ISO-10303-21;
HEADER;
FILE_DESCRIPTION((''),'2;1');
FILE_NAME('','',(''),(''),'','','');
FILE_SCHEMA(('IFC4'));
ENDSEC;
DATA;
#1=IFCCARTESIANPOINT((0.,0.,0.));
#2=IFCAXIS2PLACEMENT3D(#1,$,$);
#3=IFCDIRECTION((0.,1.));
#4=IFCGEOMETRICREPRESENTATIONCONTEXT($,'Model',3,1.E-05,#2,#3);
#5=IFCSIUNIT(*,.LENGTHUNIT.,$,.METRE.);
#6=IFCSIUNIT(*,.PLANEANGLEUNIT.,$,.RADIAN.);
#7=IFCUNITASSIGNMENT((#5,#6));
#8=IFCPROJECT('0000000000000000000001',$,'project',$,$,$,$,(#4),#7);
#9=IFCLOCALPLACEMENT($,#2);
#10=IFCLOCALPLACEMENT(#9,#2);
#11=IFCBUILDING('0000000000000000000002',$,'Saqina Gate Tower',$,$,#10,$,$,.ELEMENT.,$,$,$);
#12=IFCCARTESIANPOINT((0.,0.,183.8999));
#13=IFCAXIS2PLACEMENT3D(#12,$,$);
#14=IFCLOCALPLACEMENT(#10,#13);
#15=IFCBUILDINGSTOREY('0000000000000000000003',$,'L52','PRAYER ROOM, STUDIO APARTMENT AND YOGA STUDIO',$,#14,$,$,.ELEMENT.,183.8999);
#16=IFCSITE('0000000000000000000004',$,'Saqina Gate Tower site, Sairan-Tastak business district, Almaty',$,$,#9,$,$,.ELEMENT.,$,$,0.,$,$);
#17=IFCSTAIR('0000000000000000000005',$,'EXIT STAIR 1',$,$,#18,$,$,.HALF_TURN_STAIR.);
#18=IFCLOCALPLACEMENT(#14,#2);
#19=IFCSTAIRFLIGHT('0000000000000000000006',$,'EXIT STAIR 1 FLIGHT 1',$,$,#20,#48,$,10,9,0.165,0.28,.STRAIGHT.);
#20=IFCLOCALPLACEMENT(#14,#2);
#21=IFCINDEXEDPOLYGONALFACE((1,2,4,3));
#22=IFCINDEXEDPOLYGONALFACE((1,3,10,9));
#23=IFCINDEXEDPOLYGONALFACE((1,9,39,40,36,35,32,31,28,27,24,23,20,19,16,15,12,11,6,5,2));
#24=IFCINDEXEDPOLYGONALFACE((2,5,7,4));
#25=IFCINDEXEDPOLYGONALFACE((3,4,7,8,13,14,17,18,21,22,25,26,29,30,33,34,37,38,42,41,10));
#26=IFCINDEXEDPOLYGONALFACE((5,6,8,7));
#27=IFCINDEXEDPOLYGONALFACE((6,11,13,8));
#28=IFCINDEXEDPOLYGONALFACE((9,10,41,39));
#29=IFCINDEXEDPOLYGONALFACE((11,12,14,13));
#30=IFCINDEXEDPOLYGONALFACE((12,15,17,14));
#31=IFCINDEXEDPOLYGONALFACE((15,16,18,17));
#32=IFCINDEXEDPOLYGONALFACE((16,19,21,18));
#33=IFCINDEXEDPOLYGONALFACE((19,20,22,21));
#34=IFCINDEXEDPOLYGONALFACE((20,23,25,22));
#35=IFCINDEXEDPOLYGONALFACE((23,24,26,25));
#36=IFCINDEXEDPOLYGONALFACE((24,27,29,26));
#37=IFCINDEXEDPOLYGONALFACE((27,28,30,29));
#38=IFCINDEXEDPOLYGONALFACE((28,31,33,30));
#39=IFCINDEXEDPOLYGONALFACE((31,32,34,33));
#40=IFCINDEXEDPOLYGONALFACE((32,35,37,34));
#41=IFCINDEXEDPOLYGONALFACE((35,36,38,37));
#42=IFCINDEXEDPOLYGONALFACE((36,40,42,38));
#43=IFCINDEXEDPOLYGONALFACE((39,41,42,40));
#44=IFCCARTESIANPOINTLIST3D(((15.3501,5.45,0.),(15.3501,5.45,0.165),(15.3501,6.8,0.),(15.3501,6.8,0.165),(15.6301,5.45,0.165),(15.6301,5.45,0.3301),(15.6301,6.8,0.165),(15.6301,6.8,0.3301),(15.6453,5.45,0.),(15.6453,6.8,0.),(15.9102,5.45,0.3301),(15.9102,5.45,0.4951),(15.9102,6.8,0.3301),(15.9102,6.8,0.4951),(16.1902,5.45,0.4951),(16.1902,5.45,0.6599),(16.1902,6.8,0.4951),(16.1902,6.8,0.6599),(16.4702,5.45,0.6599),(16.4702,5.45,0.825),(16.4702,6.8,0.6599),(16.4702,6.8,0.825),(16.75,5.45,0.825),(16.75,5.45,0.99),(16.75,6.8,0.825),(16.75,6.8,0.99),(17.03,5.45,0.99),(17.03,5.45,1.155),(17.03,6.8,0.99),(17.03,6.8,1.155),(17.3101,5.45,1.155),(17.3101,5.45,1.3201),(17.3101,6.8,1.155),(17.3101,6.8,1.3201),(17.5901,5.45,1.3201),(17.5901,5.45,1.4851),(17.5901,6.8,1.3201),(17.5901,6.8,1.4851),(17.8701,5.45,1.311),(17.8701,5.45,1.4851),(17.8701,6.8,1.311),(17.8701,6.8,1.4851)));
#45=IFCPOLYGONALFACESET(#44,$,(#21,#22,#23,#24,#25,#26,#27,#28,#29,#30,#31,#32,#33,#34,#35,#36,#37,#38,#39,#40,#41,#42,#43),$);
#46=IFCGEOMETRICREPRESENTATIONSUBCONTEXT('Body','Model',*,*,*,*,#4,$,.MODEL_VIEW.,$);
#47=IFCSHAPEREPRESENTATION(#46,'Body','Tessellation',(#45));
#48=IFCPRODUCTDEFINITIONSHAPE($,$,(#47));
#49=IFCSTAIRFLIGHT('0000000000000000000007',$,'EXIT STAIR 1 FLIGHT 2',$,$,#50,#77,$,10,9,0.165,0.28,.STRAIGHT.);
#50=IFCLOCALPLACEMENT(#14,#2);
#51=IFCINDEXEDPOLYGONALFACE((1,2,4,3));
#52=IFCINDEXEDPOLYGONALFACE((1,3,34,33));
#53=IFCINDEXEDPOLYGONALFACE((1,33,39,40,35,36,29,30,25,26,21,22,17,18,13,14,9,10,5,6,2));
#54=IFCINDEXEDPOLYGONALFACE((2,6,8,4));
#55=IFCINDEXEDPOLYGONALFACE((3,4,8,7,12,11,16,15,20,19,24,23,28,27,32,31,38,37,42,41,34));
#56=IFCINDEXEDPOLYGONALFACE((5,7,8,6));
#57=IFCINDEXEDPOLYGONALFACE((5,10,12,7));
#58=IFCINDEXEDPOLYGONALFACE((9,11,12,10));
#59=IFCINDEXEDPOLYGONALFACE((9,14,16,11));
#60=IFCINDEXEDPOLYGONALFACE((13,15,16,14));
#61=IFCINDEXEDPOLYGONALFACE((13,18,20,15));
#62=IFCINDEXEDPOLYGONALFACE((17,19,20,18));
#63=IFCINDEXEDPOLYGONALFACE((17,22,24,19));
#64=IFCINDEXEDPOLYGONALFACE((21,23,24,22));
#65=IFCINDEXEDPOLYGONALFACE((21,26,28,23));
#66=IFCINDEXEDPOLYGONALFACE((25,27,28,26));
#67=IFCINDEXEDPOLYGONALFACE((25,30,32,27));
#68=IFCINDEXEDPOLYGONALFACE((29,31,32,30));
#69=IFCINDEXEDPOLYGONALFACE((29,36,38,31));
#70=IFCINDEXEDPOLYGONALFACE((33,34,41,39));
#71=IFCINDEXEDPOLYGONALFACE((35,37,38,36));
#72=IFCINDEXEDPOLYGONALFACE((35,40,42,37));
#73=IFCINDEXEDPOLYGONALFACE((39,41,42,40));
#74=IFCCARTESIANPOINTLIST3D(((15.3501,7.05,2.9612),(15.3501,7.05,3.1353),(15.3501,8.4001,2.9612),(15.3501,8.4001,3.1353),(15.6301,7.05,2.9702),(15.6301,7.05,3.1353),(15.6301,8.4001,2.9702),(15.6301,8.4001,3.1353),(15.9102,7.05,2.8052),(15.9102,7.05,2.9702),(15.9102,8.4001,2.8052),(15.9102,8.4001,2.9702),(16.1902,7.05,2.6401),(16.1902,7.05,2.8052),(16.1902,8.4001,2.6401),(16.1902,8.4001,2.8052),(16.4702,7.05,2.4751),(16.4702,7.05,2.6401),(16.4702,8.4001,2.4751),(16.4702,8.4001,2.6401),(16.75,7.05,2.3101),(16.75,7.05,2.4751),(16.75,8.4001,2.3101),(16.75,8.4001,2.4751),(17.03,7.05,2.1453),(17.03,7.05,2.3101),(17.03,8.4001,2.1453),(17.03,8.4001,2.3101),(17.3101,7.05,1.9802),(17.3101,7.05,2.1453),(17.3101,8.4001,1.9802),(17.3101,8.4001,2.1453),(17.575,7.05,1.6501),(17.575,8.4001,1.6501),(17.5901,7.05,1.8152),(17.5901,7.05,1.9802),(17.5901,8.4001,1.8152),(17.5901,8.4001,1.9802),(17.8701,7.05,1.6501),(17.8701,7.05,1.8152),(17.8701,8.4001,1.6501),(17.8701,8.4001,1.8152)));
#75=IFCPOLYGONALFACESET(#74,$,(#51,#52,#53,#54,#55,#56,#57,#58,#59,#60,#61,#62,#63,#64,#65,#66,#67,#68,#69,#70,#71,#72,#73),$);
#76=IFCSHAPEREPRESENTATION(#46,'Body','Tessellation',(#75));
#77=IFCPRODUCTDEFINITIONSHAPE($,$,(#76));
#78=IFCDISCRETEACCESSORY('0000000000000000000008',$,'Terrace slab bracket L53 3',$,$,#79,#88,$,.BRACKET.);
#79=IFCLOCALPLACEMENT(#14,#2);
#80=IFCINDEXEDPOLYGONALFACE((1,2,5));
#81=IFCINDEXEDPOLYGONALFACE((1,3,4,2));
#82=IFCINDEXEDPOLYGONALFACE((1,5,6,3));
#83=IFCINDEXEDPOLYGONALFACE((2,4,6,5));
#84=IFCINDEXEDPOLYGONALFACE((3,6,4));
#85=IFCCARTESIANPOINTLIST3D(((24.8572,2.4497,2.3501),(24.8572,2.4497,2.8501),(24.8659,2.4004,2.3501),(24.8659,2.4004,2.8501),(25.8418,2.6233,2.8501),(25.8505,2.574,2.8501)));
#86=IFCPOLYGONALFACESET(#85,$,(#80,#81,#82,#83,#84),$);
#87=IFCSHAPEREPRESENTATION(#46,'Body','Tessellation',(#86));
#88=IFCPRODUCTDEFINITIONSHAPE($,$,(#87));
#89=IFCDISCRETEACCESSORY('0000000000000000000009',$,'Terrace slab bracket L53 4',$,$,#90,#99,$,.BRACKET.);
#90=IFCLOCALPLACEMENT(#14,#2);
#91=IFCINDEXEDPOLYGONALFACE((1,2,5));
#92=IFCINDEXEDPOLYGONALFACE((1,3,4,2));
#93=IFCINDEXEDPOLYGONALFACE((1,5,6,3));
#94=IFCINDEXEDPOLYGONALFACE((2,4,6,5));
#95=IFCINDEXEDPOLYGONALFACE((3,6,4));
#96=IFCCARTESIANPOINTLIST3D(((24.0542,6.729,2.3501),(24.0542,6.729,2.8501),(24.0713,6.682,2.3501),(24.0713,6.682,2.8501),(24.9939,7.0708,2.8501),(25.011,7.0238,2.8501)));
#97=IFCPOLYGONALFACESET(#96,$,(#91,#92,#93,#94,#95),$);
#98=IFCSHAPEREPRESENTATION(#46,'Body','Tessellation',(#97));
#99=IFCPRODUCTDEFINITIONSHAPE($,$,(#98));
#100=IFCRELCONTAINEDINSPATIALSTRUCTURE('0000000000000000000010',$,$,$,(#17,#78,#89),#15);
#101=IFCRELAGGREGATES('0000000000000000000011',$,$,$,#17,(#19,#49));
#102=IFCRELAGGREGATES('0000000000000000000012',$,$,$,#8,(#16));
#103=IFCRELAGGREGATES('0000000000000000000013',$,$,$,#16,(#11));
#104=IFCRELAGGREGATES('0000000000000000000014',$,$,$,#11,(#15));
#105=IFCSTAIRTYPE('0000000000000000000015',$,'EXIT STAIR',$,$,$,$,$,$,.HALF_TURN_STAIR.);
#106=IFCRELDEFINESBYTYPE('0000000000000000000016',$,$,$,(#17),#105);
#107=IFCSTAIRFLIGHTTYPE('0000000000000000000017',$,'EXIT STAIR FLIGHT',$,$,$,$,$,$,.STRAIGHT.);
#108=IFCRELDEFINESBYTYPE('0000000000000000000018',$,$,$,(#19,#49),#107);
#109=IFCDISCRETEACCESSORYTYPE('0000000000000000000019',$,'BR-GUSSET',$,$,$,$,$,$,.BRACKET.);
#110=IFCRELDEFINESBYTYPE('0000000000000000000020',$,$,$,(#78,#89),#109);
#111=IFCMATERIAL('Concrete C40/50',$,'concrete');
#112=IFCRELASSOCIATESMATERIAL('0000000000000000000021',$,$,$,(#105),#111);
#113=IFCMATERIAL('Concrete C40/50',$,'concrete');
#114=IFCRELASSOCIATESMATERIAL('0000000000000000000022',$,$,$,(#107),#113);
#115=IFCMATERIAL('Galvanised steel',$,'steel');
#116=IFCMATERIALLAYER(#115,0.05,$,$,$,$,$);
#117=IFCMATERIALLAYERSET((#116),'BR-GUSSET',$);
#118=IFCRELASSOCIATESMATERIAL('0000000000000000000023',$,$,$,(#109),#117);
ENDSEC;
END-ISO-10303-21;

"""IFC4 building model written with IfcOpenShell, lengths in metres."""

from ifc_helpers import new_model, si_unit, direction, frame, origin, place, context, subcontext, project, spatial, polyline, outline, extrude, material, layer, layer_set, type_object, element, aggregate, save


model = new_model("IFC4")

# Units and contexts
model_context = context("Model", 3, precision=1e-05, world=origin(), true_north=direction((0.0, 1.0)))
body_context = subcontext(model_context, "Body", "Model", "MODEL_VIEW")
ifc_project = project(units=[si_unit("LENGTHUNIT", "METRE"), si_unit("PLANEANGLEUNIT", "RADIAN")], contexts=[model_context])

# Site, building, storey
site_placement = place(None, origin())
site = spatial("IfcSite", under=ifc_project, at=site_placement, Name="Saqina Gate Tower site, Sairan-Tastak business district, Almaty", CompositionType="ELEMENT", RefElevation=0.0)
building_placement = place(site_placement, origin())
building = spatial("IfcBuilding", under=site, at=building_placement, Name="Saqina Gate Tower", CompositionType="ELEMENT")
storey_placement = place(building_placement, frame((0.0, 0.0, 183.8999)))
storey = spatial("IfcBuildingStorey", under=building, at=storey_placement, Name="L52", Description="PRAYER ROOM, STUDIO APARTMENT AND YOGA STUDIO", CompositionType="ELEMENT", Elevation=183.8999)

# Stair, stair flights
ifc_material_1 = material(Name="Concrete C40/50", Category="concrete")
stair_type = type_object("IfcStairType", Name="EXIT STAIR", PredefinedType="HALF_TURN_STAIR", material=ifc_material_1)
stair_placement = place(storey_placement, origin())
stair = element("IfcStair", 1, at=stair_placement, inside=storey, type_object=stair_type, Name="EXIT STAIR 1", PredefinedType="HALF_TURN_STAIR")
ifc_material_2 = material(Name="Concrete C40/50", Category="concrete")
stair_flight_type = type_object("IfcStairFlightType", Name="EXIT STAIR FLIGHT", PredefinedType="STRAIGHT", material=ifc_material_2)
stair_flight_1_placement = place(storey_placement, frame((15.3501, 6.125, 0.0), z_axis=(0.0, 0.0, 1.0), x_axis=(1.0, 0.0, 0.0)))
stair_flight_1 = element("IfcStairFlight", 2, at=stair_flight_1_placement, type_object=stair_flight_type, Name="EXIT STAIR 1 FLIGHT 1", NumberOfRisers=10, NumberOfTreads=9, PredefinedType="STRAIGHT", RiserHeight=0.165, TreadLength=0.28, context=body_context, shape_type="SweptSolid", body=[
    extrude(outline(polyline([(0.0, 0.0), (0.0, 0.165), (0.28, 0.165), (0.28, 0.3301), (0.5601, 0.3301), (0.5601, 0.4951), (0.8401, 0.4951), (0.8401, 0.6599), (1.1201, 0.6599), (1.1201, 0.825), (1.3999, 0.825), (1.3999, 0.99), (1.6799, 0.99), (1.6799, 1.155), (1.96, 1.155), (1.96, 1.3201), (2.24, 1.3201), (2.24, 1.4851), (2.52, 1.4851), (2.52, 1.6499), (2.52, 1.311), (0.2952, 0.0), (0.0, 0.0)])), frame((0.0, 0.675, 0.0), z_axis=(0.0, -1.0, 0.0), x_axis=(1.0, 0.0, 0.0)), (0.0, 0.0, 1.0), 1.3501),
])
stair_flight_2_placement = place(storey_placement, frame((17.8701, 7.7251, 1.6501), z_axis=(0.0, 0.0, 1.0), x_axis=(-1.0, 0.0, 0.0)))
stair_flight_2 = element("IfcStairFlight", 3, at=stair_flight_2_placement, type_object=stair_flight_type, Name="EXIT STAIR 1 FLIGHT 2", NumberOfRisers=10, NumberOfTreads=9, PredefinedType="STRAIGHT", RiserHeight=0.165, TreadLength=0.28, context=body_context, shape_type="SweptSolid", body=[
    extrude(outline(polyline([(0.0, 0.0), (0.0, 0.165), (0.28, 0.165), (0.28, 0.3301), (0.5601, 0.3301), (0.5601, 0.4951), (0.8401, 0.4951), (0.8401, 0.6599), (1.1201, 0.6599), (1.1201, 0.825), (1.3999, 0.825), (1.3999, 0.99), (1.6799, 0.99), (1.6799, 1.155), (1.96, 1.155), (1.96, 1.3201), (2.24, 1.3201), (2.24, 1.4851), (2.52, 1.4851), (2.52, 1.6499), (2.52, 1.311), (0.2952, 0.0), (0.0, 0.0)])), frame((0.0, 0.675, 0.0), z_axis=(0.0, -1.0, 0.0), x_axis=(1.0, 0.0, 0.0)), (0.0, 0.0, 1.0), 1.3501),
])
aggregate(stair, [stair_flight_1, stair_flight_2])

# Discrete accessories
ifc_material_3 = material(Name="Galvanised steel", Category="steel")
ifc_layer_1 = layer(ifc_material_3, 0.05)
ifc_layer_set_1 = layer_set([ifc_layer_1], Name="BR-GUSSET")
discrete_accessory_type = type_object("IfcDiscreteAccessoryType", Name="BR-GUSSET", PredefinedType="BRACKET", material=ifc_layer_set_1)
discrete_accessory_1_placement = place(storey_placement, frame((24.8572, 2.4497, 2.3501), z_axis=(-0.173618, 0.984813, 0.0), x_axis=(0.0, 0.0, 1.0)))
element("IfcDiscreteAccessory", 4, at=discrete_accessory_1_placement, inside=storey, type_object=discrete_accessory_type, Name="Terrace slab bracket L53 3", PredefinedType="BRACKET", context=body_context, shape_type="SweptSolid", body=[
    extrude(outline(polyline([(0.0, 0.0), (0.5, 0.0), (0.5, 0.9998), (0.0, 0.0)])), origin(), (0.0, 0.0, -1.0), 0.05),
])
discrete_accessory_2_placement = place(storey_placement, frame((24.0542, 6.729, 2.3501), z_axis=(-0.341821, 0.939765, 0.0), x_axis=(0.0, 0.0, 1.0)))
element("IfcDiscreteAccessory", 5, at=discrete_accessory_2_placement, inside=storey, type_object=discrete_accessory_type, Name="Terrace slab bracket L53 4", PredefinedType="BRACKET", context=body_context, shape_type="SweptSolid", body=[
    extrude(outline(polyline([(0.0, 0.0), (0.5, 0.0), (0.5, 0.9999), (0.0, 0.0)])), origin(), (0.0, 0.0, -1.0), 0.05),
])

save(model, "model.ifc")
